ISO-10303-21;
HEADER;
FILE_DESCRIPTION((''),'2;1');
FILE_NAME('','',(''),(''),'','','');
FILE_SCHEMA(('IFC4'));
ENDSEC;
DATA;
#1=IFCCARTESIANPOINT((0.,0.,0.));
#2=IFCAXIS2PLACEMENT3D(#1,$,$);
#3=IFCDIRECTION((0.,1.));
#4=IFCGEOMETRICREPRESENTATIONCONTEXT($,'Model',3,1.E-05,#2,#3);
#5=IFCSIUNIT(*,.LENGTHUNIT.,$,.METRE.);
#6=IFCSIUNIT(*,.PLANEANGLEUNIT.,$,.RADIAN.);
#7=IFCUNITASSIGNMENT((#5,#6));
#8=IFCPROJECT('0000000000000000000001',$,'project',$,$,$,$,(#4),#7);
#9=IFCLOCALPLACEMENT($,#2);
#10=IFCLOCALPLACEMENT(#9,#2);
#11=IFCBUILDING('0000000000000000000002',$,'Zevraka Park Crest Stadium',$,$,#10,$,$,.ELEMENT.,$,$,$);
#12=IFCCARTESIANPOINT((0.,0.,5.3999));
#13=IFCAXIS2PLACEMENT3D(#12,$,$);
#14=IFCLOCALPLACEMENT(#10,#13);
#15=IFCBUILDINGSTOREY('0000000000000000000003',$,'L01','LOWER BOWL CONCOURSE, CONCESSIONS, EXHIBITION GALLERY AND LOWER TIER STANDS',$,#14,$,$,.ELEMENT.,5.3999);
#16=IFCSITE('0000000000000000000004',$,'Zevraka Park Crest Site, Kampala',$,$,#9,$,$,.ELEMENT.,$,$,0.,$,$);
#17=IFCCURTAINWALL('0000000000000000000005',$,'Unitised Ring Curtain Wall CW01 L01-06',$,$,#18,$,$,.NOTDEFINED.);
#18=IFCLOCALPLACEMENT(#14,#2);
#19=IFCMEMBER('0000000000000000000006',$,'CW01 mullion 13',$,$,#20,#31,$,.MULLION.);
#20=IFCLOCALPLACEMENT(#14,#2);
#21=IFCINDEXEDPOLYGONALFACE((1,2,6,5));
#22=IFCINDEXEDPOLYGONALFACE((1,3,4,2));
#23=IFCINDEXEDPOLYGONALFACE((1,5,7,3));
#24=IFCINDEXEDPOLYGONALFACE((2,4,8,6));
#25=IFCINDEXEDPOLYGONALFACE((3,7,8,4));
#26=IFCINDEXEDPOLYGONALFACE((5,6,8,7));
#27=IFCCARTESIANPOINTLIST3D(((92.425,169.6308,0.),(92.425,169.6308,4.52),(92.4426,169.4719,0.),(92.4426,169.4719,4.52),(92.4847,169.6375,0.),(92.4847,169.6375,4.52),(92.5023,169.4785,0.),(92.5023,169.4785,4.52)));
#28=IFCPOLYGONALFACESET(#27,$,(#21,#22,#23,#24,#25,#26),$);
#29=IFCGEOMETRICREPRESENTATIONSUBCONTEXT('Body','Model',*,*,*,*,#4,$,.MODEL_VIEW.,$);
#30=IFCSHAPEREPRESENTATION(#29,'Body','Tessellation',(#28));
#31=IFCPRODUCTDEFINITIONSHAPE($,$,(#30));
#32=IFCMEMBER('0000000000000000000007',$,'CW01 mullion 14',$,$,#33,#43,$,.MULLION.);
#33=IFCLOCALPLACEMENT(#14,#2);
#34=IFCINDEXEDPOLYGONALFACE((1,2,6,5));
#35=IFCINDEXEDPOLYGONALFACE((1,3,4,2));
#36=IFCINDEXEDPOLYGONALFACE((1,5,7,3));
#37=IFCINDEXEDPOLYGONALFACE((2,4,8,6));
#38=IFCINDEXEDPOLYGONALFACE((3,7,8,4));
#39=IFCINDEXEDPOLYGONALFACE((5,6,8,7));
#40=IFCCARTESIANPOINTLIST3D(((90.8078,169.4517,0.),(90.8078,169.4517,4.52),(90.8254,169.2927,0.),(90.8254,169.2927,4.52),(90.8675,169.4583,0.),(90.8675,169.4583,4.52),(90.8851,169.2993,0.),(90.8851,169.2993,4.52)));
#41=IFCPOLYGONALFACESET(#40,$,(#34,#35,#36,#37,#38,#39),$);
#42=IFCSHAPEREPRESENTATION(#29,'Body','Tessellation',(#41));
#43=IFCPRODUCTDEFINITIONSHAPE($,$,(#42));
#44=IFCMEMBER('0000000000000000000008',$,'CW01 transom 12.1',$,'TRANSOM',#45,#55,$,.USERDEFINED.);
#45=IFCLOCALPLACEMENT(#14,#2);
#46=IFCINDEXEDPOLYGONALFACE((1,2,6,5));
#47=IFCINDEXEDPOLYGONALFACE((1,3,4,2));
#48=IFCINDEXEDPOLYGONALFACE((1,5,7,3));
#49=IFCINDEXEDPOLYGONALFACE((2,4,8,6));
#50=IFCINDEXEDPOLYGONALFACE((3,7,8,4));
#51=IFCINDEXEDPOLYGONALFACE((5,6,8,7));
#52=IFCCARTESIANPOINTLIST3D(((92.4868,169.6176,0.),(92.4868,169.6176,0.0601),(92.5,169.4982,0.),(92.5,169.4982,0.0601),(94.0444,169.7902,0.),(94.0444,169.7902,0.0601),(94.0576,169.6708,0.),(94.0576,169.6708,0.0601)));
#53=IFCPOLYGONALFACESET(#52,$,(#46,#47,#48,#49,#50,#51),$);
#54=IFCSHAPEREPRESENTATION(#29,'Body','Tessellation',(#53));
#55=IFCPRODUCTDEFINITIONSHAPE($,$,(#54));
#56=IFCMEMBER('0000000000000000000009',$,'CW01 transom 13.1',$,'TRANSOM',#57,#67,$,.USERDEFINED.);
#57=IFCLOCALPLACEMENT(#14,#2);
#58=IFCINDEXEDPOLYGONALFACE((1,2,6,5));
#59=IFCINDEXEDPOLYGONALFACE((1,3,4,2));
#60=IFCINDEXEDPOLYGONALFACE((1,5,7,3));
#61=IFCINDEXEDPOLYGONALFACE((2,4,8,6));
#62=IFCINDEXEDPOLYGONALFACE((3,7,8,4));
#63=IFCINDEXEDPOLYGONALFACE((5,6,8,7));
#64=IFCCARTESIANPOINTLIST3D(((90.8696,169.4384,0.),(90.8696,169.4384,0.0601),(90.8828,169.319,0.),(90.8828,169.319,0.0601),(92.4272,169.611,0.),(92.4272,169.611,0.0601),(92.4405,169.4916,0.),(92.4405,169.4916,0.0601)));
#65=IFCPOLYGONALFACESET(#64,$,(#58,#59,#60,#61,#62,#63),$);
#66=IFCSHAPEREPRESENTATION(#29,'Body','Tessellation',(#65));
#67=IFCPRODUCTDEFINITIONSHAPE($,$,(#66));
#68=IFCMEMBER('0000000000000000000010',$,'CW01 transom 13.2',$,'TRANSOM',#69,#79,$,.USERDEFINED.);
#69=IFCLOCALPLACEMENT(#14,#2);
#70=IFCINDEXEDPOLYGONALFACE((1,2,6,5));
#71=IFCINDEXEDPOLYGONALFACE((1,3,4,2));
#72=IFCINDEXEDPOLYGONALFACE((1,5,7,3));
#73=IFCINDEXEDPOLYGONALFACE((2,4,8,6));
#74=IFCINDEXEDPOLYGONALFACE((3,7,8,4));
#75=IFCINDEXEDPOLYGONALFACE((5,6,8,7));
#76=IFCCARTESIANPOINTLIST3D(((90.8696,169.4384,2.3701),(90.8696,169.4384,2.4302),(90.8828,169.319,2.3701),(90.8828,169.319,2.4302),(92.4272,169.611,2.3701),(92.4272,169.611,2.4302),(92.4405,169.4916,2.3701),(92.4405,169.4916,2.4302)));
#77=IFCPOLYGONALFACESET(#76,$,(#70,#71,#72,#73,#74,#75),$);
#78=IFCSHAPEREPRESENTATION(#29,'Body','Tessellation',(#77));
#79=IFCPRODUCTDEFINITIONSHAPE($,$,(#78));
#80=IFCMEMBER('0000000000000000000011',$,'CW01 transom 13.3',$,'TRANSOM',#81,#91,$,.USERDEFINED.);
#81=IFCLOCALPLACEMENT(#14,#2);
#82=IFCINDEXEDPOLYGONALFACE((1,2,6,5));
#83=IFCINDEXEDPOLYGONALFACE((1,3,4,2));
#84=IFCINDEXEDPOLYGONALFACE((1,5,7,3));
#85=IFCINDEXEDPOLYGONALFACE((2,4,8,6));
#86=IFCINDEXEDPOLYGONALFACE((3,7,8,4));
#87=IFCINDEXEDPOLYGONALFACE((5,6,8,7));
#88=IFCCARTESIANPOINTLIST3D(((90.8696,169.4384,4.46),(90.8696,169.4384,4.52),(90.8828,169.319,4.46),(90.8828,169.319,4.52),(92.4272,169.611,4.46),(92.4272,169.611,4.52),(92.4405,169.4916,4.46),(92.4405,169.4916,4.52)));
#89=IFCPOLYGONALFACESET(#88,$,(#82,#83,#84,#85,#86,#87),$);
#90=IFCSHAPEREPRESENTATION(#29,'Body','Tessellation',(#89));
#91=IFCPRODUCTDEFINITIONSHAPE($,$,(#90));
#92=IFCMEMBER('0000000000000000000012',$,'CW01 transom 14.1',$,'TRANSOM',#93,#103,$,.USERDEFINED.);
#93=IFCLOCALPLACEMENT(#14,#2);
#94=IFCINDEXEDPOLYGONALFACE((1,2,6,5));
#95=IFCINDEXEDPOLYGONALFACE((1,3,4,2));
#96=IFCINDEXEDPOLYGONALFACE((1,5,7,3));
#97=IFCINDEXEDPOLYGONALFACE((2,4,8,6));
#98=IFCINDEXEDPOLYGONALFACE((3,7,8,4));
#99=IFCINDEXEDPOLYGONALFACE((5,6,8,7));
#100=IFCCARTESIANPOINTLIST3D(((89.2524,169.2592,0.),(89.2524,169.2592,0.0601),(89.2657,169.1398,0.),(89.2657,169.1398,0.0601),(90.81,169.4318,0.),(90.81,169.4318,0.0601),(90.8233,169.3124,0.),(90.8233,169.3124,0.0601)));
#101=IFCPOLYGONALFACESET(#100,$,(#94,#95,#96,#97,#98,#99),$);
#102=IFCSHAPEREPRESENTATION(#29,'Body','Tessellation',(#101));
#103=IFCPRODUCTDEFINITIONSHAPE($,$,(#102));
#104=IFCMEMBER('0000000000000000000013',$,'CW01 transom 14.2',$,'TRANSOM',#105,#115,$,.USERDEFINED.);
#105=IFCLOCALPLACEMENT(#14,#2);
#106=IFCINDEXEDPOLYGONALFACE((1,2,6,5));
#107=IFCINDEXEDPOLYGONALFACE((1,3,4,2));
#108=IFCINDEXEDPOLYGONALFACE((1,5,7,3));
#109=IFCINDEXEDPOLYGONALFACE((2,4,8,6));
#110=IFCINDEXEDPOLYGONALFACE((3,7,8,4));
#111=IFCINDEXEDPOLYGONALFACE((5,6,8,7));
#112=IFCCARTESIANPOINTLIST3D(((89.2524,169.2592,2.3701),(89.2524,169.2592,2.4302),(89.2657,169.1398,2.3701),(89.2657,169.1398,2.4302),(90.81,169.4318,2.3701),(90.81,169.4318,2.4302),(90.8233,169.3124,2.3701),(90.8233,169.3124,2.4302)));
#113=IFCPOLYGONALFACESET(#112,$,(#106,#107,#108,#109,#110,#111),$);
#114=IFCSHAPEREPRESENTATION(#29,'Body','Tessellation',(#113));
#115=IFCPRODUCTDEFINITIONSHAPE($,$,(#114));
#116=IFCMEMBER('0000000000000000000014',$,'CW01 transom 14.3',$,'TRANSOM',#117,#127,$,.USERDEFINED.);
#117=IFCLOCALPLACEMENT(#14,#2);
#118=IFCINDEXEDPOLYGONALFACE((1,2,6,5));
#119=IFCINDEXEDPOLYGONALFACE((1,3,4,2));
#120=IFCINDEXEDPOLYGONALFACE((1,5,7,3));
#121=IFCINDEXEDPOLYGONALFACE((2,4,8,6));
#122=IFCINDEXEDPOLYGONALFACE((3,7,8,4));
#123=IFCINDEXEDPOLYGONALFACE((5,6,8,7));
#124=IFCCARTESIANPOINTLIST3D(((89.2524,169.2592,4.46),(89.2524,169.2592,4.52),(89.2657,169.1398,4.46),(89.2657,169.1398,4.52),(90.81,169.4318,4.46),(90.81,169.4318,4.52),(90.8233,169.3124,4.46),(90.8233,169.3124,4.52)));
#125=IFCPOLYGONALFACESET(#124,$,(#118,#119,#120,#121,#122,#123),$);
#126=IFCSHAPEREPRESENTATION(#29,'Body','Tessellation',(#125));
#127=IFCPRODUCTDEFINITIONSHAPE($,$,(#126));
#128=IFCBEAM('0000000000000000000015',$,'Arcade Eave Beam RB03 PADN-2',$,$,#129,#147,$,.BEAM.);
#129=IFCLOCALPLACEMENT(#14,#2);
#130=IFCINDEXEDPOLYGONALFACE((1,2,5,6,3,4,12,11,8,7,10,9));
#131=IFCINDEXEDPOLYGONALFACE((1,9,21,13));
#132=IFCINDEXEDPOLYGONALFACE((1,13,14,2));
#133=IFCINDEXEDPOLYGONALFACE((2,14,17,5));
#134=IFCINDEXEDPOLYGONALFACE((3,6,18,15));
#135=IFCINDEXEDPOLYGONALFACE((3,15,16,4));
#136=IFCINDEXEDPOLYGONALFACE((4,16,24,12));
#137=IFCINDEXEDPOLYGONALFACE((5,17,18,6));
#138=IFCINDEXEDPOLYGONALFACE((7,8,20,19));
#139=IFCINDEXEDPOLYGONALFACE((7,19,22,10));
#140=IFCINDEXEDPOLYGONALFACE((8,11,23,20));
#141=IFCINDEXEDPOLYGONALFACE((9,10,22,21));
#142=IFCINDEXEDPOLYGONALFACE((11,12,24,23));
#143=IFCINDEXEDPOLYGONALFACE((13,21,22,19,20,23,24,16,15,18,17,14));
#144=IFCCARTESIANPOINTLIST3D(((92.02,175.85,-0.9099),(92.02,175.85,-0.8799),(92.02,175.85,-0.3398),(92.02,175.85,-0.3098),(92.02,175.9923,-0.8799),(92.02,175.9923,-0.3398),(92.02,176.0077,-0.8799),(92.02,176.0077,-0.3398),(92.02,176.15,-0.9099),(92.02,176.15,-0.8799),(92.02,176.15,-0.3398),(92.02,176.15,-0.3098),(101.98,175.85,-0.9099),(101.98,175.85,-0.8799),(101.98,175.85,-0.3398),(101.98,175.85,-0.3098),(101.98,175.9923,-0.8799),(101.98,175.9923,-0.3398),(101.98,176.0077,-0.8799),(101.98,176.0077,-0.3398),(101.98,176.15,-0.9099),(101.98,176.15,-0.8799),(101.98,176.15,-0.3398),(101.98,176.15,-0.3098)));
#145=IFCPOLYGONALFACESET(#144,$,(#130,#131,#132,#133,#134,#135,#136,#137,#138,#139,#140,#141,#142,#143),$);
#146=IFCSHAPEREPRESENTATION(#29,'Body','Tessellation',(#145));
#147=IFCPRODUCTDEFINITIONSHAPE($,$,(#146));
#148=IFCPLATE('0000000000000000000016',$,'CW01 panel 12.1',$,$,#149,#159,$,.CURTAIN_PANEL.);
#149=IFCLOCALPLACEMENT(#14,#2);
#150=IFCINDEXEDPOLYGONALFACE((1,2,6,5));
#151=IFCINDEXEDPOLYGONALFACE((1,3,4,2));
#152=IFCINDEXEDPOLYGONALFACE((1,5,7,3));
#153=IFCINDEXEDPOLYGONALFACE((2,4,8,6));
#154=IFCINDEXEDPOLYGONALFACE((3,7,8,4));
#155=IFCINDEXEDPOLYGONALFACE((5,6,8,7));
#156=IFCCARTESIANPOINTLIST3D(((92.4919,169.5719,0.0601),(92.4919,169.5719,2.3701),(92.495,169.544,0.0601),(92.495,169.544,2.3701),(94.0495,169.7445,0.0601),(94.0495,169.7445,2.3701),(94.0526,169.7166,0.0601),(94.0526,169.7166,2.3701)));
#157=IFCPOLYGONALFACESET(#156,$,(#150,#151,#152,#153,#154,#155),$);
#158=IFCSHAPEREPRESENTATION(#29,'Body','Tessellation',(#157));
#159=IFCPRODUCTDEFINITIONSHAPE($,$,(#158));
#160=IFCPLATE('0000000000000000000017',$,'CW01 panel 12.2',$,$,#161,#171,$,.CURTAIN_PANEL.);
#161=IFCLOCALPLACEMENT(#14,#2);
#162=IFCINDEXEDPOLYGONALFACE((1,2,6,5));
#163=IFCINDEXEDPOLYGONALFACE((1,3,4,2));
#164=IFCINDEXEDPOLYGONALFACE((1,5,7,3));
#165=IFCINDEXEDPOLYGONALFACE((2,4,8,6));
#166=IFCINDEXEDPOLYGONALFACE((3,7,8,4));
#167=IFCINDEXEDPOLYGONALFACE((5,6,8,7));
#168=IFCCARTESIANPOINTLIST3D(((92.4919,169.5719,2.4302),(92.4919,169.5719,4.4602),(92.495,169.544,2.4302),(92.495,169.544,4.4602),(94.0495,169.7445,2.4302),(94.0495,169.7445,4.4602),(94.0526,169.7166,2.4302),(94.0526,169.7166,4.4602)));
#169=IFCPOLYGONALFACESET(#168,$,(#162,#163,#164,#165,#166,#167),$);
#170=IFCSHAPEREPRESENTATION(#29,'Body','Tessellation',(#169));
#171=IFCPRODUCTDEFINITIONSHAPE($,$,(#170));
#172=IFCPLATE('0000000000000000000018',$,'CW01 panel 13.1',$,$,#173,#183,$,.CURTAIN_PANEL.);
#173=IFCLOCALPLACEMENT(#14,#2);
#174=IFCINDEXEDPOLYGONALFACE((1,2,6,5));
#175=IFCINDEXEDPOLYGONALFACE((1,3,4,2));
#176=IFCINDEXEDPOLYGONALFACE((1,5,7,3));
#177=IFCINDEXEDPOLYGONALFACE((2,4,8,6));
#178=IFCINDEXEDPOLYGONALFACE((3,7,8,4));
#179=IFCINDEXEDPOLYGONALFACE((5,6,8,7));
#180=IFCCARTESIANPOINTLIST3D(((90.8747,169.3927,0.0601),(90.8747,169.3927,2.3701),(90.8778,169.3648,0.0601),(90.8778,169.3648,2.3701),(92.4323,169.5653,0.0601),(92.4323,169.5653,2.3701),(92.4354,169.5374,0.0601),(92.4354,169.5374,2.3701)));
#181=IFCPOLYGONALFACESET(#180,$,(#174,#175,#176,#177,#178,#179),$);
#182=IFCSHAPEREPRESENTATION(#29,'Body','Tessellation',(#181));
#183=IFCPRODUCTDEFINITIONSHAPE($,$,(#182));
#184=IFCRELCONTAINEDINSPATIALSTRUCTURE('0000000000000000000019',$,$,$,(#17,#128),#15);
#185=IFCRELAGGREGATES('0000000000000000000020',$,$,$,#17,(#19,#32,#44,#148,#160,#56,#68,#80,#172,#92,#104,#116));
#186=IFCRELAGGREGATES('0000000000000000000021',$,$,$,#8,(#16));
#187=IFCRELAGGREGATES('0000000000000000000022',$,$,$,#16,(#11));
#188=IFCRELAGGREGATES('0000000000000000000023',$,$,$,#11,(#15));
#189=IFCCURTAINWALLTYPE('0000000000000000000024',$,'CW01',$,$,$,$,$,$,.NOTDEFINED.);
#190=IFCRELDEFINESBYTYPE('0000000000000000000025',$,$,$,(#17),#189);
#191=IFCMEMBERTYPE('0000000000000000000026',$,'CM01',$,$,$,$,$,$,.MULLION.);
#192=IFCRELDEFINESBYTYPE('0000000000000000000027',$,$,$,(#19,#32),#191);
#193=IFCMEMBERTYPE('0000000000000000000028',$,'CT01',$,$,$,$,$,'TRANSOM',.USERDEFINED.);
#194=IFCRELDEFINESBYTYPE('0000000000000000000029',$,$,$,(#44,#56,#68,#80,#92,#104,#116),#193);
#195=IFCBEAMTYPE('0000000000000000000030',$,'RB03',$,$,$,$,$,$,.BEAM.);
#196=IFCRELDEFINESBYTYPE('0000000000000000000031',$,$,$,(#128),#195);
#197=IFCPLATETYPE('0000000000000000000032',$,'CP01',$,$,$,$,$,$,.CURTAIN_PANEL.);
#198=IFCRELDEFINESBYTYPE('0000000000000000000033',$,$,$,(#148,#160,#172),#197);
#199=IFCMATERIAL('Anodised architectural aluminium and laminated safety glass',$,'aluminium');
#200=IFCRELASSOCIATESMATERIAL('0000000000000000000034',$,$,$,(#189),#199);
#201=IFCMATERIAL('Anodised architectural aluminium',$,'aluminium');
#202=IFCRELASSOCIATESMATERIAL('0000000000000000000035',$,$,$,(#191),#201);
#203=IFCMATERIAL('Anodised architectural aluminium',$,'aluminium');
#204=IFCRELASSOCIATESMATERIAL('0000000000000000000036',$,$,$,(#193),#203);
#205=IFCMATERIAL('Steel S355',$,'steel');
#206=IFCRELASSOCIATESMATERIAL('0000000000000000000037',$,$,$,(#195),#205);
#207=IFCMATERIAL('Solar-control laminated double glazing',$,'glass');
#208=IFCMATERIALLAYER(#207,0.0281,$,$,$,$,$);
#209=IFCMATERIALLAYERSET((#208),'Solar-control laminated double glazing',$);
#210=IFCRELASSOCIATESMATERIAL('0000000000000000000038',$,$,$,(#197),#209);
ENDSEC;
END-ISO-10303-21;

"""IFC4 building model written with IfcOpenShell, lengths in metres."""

from ifc_helpers import new_model, si_unit, direction, frame, origin, origin_2d, place, context, subcontext, project, spatial, rectangle, i_section, extrude, material, layer, layer_set, material_profile, profile_set, type_object, element, aggregate, save


model = new_model("IFC4")

# Units and contexts
model_context = context("Model", 3, precision=1e-05, world=origin(), true_north=direction((0.0, 1.0)))
body_context = subcontext(model_context, "Body", "Model", "MODEL_VIEW")
ifc_project = project(units=[si_unit("LENGTHUNIT", "METRE"), si_unit("PLANEANGLEUNIT", "RADIAN")], contexts=[model_context])

# Site, building, storey
site_placement = place(None, origin())
site = spatial("IfcSite", under=ifc_project, at=site_placement, Name="Zevraka Park Crest Site, Kampala", CompositionType="ELEMENT", RefElevation=0.0)
building_placement = place(site_placement, origin())
building = spatial("IfcBuilding", under=site, at=building_placement, Name="Zevraka Park Crest Stadium", CompositionType="ELEMENT")
storey_placement = place(building_placement, frame((0.0, 0.0, 5.3999)))
storey = spatial("IfcBuildingStorey", under=building, at=storey_placement, Name="L01", Description="LOWER BOWL CONCOURSE, CONCESSIONS, EXHIBITION GALLERY AND LOWER TIER STANDS", CompositionType="ELEMENT", Elevation=5.3999)

# Curtain wall, members
ifc_material_1 = material(Name="Anodised architectural aluminium and laminated safety glass", Category="aluminium")
curtain_wall_type = type_object("IfcCurtainWallType", Name="CW01", PredefinedType="NOTDEFINED", material=ifc_material_1)
curtain_wall_placement = place(storey_placement, origin())
curtain_wall = element("IfcCurtainWall", 1, at=curtain_wall_placement, inside=storey, type_object=curtain_wall_type, Name="Unitised Ring Curtain Wall CW01 L01-06", PredefinedType="NOTDEFINED")
ifc_material_2 = material(Name="Anodised architectural aluminium", Category="aluminium")
ifc_material_profile_1 = material_profile(ifc_material_2, rectangle(XDim=0.1599, YDim=0.0601, at=origin_2d()), Name="ALU MULLION 160x60")
ifc_profile_set_1 = profile_set([ifc_material_profile_1], Name="Anodised architectural aluminium")
member_type_1 = type_object("IfcMemberType", Name="CM01", PredefinedType="MULLION", material=ifc_profile_set_1)
member_1_placement = place(storey_placement, frame((92.4636, 169.5547, 0.0), z_axis=(0.0, 0.0, 1.0), x_axis=(0.110135, -0.993917, 0.0)))
member_1 = element("IfcMember", 2, at=member_1_placement, type_object=member_type_1, Name="CW01 mullion 13", PredefinedType="MULLION", context=body_context, shape_type="SweptSolid", body=[
    extrude(rectangle(XDim=0.1599, YDim=0.0601, at=origin_2d()), origin(), (0.0, 0.0, 1.0), 4.52),
])
member_2_placement = place(storey_placement, frame((90.8464, 169.3755, 0.0), z_axis=(0.0, 0.0, 1.0), x_axis=(0.110135, -0.993917, 0.0)))
member_2 = element("IfcMember", 3, at=member_2_placement, type_object=member_type_1, Name="CW01 mullion 14", PredefinedType="MULLION", context=body_context, shape_type="SweptSolid", body=[
    extrude(rectangle(XDim=0.1599, YDim=0.0601, at=origin_2d()), origin(), (0.0, 0.0, 1.0), 4.52),
])
ifc_material_3 = material(Name="Anodised architectural aluminium", Category="aluminium")
ifc_material_profile_2 = material_profile(ifc_material_3, rectangle(XDim=0.1201, YDim=0.0601, at=origin_2d()), Name="ALU TRANSOM 120x60")
ifc_profile_set_2 = profile_set([ifc_material_profile_2], Name="Anodised architectural aluminium")
member_type_2 = type_object("IfcMemberType", Name="CT01", ElementType="TRANSOM", PredefinedType="USERDEFINED", material=ifc_profile_set_2)
member_3_placement = place(storey_placement, frame((94.051, 169.7305, 0.03), z_axis=(-0.993916, -0.110141, 0.0), x_axis=(0.110141, -0.993916, 0.0)))
member_3 = element("IfcMember", 4, at=member_3_placement, type_object=member_type_2, Name="CW01 transom 12.1", ObjectType="TRANSOM", PredefinedType="USERDEFINED", context=body_context, shape_type="SweptSolid", body=[
    extrude(rectangle(XDim=0.1201, YDim=0.0601, at=origin_2d()), origin(), (0.0, 0.0, 1.0), 1.5671),
])
member_4_placement = place(storey_placement, frame((92.4338, 169.5513, 0.03), z_axis=(-0.993916, -0.110141, 0.0), x_axis=(0.110141, -0.993916, 0.0)))
member_4 = element("IfcMember", 5, at=member_4_placement, type_object=member_type_2, Name="CW01 transom 13.1", ObjectType="TRANSOM", PredefinedType="USERDEFINED", context=body_context, shape_type="SweptSolid", body=[
    extrude(rectangle(XDim=0.1201, YDim=0.0601, at=origin_2d()), origin(), (0.0, 0.0, 1.0), 1.5671),
])
member_5_placement = place(storey_placement, frame((92.4338, 169.5513, 2.4001), z_axis=(-0.993916, -0.110141, 0.0), x_axis=(0.110141, -0.993916, 0.0)))
member_5 = element("IfcMember", 6, at=member_5_placement, type_object=member_type_2, Name="CW01 transom 13.2", ObjectType="TRANSOM", PredefinedType="USERDEFINED", context=body_context, shape_type="SweptSolid", body=[
    extrude(rectangle(XDim=0.1201, YDim=0.0601, at=origin_2d()), origin(), (0.0, 0.0, 1.0), 1.5671),
])
member_6_placement = place(storey_placement, frame((92.4338, 169.5513, 4.49), z_axis=(-0.993916, -0.110141, 0.0), x_axis=(0.110141, -0.993916, 0.0)))
member_6 = element("IfcMember", 7, at=member_6_placement, type_object=member_type_2, Name="CW01 transom 13.3", ObjectType="TRANSOM", PredefinedType="USERDEFINED", context=body_context, shape_type="SweptSolid", body=[
    extrude(rectangle(XDim=0.1201, YDim=0.0601, at=origin_2d()), origin(), (0.0, 0.0, 1.0), 1.5671),
])
member_7_placement = place(storey_placement, frame((90.8167, 169.3721, 0.03), z_axis=(-0.993916, -0.110141, 0.0), x_axis=(0.110141, -0.993916, 0.0)))
member_7 = element("IfcMember", 8, at=member_7_placement, type_object=member_type_2, Name="CW01 transom 14.1", ObjectType="TRANSOM", PredefinedType="USERDEFINED", context=body_context, shape_type="SweptSolid", body=[
    extrude(rectangle(XDim=0.1201, YDim=0.0601, at=origin_2d()), origin(), (0.0, 0.0, 1.0), 1.5671),
])
member_8_placement = place(storey_placement, frame((90.8167, 169.3721, 2.4001), z_axis=(-0.993916, -0.110141, 0.0), x_axis=(0.110141, -0.993916, 0.0)))
member_8 = element("IfcMember", 9, at=member_8_placement, type_object=member_type_2, Name="CW01 transom 14.2", ObjectType="TRANSOM", PredefinedType="USERDEFINED", context=body_context, shape_type="SweptSolid", body=[
    extrude(rectangle(XDim=0.1201, YDim=0.0601, at=origin_2d()), origin(), (0.0, 0.0, 1.0), 1.5671),
])
member_9_placement = place(storey_placement, frame((90.8167, 169.3721, 4.49), z_axis=(-0.993916, -0.110141, 0.0), x_axis=(0.110141, -0.993916, 0.0)))
member_9 = element("IfcMember", 10, at=member_9_placement, type_object=member_type_2, Name="CW01 transom 14.3", ObjectType="TRANSOM", PredefinedType="USERDEFINED", context=body_context, shape_type="SweptSolid", body=[
    extrude(rectangle(XDim=0.1201, YDim=0.0601, at=origin_2d()), origin(), (0.0, 0.0, 1.0), 1.5671),
])

# Beam
ifc_material_4 = material(Name="Steel S355", Category="steel")
ifc_material_profile_3 = material_profile(ifc_material_4, i_section(OverallWidth=0.3, OverallDepth=0.6001, WebThickness=0.0154, FlangeThickness=0.03, at=origin_2d()), Name="HEB 600")
ifc_profile_set_3 = profile_set([ifc_material_profile_3], Name="Steel S355")
beam_type = type_object("IfcBeamType", Name="RB03", PredefinedType="BEAM", material=ifc_profile_set_3)
beam_placement = place(storey_placement, frame((92.02, 176.0, -0.6099), z_axis=(1.0, 0.0, 0.0), x_axis=(0.0, 1.0, 0.0)))
element("IfcBeam", 11, at=beam_placement, inside=storey, type_object=beam_type, Name="Arcade Eave Beam RB03 PADN-2", PredefinedType="BEAM", context=body_context, shape_type="SweptSolid", body=[
    extrude(i_section(OverallWidth=0.3, OverallDepth=0.6001, WebThickness=0.0154, FlangeThickness=0.03, at=origin_2d()), origin(), (0.0, 0.0, 1.0), 9.96),
])

# Plates
ifc_material_5 = material(Name="Solar-control laminated double glazing", Category="glass")
ifc_layer_1 = layer(ifc_material_5, 0.0281)
ifc_layer_set_1 = layer_set([ifc_layer_1], Name="Solar-control laminated double glazing")
plate_type = type_object("IfcPlateType", Name="CP01", PredefinedType="CURTAIN_PANEL", material=ifc_layer_set_1)
plate_1_placement = place(storey_placement, frame((93.2722, 169.6443, 0.0601), z_axis=(0.0, 0.0, 1.0), x_axis=(-0.993917, -0.110135, 0.0)))
plate_1 = element("IfcPlate", 12, at=plate_1_placement, type_object=plate_type, Name="CW01 panel 12.1", PredefinedType="CURTAIN_PANEL", context=body_context, shape_type="SweptSolid", body=[
    extrude(rectangle(XDim=1.5671, YDim=0.0281, at=origin_2d()), origin(), (0.0, 0.0, 1.0), 2.3101),
])
plate_2_placement = place(storey_placement, frame((93.2722, 169.6443, 2.4302), z_axis=(0.0, 0.0, 1.0), x_axis=(-0.993917, -0.110135, 0.0)))
plate_2 = element("IfcPlate", 13, at=plate_2_placement, type_object=plate_type, Name="CW01 panel 12.2", PredefinedType="CURTAIN_PANEL", context=body_context, shape_type="SweptSolid", body=[
    extrude(rectangle(XDim=1.5671, YDim=0.0281, at=origin_2d()), origin(), (0.0, 0.0, 1.0), 2.03),
])
plate_3_placement = place(storey_placement, frame((91.655, 169.4651, 0.0601), z_axis=(0.0, 0.0, 1.0), x_axis=(-0.993917, -0.110135, 0.0)))
plate_3 = element("IfcPlate", 14, at=plate_3_placement, type_object=plate_type, Name="CW01 panel 13.1", PredefinedType="CURTAIN_PANEL", context=body_context, shape_type="SweptSolid", body=[
    extrude(rectangle(XDim=1.5671, YDim=0.0281, at=origin_2d()), origin(), (0.0, 0.0, 1.0), 2.3101),
])
aggregate(curtain_wall, [member_1, member_2, member_3, plate_1, plate_2, member_4, member_5, member_6, plate_3, member_7, member_8, member_9])

save(model, "model.ifc")
